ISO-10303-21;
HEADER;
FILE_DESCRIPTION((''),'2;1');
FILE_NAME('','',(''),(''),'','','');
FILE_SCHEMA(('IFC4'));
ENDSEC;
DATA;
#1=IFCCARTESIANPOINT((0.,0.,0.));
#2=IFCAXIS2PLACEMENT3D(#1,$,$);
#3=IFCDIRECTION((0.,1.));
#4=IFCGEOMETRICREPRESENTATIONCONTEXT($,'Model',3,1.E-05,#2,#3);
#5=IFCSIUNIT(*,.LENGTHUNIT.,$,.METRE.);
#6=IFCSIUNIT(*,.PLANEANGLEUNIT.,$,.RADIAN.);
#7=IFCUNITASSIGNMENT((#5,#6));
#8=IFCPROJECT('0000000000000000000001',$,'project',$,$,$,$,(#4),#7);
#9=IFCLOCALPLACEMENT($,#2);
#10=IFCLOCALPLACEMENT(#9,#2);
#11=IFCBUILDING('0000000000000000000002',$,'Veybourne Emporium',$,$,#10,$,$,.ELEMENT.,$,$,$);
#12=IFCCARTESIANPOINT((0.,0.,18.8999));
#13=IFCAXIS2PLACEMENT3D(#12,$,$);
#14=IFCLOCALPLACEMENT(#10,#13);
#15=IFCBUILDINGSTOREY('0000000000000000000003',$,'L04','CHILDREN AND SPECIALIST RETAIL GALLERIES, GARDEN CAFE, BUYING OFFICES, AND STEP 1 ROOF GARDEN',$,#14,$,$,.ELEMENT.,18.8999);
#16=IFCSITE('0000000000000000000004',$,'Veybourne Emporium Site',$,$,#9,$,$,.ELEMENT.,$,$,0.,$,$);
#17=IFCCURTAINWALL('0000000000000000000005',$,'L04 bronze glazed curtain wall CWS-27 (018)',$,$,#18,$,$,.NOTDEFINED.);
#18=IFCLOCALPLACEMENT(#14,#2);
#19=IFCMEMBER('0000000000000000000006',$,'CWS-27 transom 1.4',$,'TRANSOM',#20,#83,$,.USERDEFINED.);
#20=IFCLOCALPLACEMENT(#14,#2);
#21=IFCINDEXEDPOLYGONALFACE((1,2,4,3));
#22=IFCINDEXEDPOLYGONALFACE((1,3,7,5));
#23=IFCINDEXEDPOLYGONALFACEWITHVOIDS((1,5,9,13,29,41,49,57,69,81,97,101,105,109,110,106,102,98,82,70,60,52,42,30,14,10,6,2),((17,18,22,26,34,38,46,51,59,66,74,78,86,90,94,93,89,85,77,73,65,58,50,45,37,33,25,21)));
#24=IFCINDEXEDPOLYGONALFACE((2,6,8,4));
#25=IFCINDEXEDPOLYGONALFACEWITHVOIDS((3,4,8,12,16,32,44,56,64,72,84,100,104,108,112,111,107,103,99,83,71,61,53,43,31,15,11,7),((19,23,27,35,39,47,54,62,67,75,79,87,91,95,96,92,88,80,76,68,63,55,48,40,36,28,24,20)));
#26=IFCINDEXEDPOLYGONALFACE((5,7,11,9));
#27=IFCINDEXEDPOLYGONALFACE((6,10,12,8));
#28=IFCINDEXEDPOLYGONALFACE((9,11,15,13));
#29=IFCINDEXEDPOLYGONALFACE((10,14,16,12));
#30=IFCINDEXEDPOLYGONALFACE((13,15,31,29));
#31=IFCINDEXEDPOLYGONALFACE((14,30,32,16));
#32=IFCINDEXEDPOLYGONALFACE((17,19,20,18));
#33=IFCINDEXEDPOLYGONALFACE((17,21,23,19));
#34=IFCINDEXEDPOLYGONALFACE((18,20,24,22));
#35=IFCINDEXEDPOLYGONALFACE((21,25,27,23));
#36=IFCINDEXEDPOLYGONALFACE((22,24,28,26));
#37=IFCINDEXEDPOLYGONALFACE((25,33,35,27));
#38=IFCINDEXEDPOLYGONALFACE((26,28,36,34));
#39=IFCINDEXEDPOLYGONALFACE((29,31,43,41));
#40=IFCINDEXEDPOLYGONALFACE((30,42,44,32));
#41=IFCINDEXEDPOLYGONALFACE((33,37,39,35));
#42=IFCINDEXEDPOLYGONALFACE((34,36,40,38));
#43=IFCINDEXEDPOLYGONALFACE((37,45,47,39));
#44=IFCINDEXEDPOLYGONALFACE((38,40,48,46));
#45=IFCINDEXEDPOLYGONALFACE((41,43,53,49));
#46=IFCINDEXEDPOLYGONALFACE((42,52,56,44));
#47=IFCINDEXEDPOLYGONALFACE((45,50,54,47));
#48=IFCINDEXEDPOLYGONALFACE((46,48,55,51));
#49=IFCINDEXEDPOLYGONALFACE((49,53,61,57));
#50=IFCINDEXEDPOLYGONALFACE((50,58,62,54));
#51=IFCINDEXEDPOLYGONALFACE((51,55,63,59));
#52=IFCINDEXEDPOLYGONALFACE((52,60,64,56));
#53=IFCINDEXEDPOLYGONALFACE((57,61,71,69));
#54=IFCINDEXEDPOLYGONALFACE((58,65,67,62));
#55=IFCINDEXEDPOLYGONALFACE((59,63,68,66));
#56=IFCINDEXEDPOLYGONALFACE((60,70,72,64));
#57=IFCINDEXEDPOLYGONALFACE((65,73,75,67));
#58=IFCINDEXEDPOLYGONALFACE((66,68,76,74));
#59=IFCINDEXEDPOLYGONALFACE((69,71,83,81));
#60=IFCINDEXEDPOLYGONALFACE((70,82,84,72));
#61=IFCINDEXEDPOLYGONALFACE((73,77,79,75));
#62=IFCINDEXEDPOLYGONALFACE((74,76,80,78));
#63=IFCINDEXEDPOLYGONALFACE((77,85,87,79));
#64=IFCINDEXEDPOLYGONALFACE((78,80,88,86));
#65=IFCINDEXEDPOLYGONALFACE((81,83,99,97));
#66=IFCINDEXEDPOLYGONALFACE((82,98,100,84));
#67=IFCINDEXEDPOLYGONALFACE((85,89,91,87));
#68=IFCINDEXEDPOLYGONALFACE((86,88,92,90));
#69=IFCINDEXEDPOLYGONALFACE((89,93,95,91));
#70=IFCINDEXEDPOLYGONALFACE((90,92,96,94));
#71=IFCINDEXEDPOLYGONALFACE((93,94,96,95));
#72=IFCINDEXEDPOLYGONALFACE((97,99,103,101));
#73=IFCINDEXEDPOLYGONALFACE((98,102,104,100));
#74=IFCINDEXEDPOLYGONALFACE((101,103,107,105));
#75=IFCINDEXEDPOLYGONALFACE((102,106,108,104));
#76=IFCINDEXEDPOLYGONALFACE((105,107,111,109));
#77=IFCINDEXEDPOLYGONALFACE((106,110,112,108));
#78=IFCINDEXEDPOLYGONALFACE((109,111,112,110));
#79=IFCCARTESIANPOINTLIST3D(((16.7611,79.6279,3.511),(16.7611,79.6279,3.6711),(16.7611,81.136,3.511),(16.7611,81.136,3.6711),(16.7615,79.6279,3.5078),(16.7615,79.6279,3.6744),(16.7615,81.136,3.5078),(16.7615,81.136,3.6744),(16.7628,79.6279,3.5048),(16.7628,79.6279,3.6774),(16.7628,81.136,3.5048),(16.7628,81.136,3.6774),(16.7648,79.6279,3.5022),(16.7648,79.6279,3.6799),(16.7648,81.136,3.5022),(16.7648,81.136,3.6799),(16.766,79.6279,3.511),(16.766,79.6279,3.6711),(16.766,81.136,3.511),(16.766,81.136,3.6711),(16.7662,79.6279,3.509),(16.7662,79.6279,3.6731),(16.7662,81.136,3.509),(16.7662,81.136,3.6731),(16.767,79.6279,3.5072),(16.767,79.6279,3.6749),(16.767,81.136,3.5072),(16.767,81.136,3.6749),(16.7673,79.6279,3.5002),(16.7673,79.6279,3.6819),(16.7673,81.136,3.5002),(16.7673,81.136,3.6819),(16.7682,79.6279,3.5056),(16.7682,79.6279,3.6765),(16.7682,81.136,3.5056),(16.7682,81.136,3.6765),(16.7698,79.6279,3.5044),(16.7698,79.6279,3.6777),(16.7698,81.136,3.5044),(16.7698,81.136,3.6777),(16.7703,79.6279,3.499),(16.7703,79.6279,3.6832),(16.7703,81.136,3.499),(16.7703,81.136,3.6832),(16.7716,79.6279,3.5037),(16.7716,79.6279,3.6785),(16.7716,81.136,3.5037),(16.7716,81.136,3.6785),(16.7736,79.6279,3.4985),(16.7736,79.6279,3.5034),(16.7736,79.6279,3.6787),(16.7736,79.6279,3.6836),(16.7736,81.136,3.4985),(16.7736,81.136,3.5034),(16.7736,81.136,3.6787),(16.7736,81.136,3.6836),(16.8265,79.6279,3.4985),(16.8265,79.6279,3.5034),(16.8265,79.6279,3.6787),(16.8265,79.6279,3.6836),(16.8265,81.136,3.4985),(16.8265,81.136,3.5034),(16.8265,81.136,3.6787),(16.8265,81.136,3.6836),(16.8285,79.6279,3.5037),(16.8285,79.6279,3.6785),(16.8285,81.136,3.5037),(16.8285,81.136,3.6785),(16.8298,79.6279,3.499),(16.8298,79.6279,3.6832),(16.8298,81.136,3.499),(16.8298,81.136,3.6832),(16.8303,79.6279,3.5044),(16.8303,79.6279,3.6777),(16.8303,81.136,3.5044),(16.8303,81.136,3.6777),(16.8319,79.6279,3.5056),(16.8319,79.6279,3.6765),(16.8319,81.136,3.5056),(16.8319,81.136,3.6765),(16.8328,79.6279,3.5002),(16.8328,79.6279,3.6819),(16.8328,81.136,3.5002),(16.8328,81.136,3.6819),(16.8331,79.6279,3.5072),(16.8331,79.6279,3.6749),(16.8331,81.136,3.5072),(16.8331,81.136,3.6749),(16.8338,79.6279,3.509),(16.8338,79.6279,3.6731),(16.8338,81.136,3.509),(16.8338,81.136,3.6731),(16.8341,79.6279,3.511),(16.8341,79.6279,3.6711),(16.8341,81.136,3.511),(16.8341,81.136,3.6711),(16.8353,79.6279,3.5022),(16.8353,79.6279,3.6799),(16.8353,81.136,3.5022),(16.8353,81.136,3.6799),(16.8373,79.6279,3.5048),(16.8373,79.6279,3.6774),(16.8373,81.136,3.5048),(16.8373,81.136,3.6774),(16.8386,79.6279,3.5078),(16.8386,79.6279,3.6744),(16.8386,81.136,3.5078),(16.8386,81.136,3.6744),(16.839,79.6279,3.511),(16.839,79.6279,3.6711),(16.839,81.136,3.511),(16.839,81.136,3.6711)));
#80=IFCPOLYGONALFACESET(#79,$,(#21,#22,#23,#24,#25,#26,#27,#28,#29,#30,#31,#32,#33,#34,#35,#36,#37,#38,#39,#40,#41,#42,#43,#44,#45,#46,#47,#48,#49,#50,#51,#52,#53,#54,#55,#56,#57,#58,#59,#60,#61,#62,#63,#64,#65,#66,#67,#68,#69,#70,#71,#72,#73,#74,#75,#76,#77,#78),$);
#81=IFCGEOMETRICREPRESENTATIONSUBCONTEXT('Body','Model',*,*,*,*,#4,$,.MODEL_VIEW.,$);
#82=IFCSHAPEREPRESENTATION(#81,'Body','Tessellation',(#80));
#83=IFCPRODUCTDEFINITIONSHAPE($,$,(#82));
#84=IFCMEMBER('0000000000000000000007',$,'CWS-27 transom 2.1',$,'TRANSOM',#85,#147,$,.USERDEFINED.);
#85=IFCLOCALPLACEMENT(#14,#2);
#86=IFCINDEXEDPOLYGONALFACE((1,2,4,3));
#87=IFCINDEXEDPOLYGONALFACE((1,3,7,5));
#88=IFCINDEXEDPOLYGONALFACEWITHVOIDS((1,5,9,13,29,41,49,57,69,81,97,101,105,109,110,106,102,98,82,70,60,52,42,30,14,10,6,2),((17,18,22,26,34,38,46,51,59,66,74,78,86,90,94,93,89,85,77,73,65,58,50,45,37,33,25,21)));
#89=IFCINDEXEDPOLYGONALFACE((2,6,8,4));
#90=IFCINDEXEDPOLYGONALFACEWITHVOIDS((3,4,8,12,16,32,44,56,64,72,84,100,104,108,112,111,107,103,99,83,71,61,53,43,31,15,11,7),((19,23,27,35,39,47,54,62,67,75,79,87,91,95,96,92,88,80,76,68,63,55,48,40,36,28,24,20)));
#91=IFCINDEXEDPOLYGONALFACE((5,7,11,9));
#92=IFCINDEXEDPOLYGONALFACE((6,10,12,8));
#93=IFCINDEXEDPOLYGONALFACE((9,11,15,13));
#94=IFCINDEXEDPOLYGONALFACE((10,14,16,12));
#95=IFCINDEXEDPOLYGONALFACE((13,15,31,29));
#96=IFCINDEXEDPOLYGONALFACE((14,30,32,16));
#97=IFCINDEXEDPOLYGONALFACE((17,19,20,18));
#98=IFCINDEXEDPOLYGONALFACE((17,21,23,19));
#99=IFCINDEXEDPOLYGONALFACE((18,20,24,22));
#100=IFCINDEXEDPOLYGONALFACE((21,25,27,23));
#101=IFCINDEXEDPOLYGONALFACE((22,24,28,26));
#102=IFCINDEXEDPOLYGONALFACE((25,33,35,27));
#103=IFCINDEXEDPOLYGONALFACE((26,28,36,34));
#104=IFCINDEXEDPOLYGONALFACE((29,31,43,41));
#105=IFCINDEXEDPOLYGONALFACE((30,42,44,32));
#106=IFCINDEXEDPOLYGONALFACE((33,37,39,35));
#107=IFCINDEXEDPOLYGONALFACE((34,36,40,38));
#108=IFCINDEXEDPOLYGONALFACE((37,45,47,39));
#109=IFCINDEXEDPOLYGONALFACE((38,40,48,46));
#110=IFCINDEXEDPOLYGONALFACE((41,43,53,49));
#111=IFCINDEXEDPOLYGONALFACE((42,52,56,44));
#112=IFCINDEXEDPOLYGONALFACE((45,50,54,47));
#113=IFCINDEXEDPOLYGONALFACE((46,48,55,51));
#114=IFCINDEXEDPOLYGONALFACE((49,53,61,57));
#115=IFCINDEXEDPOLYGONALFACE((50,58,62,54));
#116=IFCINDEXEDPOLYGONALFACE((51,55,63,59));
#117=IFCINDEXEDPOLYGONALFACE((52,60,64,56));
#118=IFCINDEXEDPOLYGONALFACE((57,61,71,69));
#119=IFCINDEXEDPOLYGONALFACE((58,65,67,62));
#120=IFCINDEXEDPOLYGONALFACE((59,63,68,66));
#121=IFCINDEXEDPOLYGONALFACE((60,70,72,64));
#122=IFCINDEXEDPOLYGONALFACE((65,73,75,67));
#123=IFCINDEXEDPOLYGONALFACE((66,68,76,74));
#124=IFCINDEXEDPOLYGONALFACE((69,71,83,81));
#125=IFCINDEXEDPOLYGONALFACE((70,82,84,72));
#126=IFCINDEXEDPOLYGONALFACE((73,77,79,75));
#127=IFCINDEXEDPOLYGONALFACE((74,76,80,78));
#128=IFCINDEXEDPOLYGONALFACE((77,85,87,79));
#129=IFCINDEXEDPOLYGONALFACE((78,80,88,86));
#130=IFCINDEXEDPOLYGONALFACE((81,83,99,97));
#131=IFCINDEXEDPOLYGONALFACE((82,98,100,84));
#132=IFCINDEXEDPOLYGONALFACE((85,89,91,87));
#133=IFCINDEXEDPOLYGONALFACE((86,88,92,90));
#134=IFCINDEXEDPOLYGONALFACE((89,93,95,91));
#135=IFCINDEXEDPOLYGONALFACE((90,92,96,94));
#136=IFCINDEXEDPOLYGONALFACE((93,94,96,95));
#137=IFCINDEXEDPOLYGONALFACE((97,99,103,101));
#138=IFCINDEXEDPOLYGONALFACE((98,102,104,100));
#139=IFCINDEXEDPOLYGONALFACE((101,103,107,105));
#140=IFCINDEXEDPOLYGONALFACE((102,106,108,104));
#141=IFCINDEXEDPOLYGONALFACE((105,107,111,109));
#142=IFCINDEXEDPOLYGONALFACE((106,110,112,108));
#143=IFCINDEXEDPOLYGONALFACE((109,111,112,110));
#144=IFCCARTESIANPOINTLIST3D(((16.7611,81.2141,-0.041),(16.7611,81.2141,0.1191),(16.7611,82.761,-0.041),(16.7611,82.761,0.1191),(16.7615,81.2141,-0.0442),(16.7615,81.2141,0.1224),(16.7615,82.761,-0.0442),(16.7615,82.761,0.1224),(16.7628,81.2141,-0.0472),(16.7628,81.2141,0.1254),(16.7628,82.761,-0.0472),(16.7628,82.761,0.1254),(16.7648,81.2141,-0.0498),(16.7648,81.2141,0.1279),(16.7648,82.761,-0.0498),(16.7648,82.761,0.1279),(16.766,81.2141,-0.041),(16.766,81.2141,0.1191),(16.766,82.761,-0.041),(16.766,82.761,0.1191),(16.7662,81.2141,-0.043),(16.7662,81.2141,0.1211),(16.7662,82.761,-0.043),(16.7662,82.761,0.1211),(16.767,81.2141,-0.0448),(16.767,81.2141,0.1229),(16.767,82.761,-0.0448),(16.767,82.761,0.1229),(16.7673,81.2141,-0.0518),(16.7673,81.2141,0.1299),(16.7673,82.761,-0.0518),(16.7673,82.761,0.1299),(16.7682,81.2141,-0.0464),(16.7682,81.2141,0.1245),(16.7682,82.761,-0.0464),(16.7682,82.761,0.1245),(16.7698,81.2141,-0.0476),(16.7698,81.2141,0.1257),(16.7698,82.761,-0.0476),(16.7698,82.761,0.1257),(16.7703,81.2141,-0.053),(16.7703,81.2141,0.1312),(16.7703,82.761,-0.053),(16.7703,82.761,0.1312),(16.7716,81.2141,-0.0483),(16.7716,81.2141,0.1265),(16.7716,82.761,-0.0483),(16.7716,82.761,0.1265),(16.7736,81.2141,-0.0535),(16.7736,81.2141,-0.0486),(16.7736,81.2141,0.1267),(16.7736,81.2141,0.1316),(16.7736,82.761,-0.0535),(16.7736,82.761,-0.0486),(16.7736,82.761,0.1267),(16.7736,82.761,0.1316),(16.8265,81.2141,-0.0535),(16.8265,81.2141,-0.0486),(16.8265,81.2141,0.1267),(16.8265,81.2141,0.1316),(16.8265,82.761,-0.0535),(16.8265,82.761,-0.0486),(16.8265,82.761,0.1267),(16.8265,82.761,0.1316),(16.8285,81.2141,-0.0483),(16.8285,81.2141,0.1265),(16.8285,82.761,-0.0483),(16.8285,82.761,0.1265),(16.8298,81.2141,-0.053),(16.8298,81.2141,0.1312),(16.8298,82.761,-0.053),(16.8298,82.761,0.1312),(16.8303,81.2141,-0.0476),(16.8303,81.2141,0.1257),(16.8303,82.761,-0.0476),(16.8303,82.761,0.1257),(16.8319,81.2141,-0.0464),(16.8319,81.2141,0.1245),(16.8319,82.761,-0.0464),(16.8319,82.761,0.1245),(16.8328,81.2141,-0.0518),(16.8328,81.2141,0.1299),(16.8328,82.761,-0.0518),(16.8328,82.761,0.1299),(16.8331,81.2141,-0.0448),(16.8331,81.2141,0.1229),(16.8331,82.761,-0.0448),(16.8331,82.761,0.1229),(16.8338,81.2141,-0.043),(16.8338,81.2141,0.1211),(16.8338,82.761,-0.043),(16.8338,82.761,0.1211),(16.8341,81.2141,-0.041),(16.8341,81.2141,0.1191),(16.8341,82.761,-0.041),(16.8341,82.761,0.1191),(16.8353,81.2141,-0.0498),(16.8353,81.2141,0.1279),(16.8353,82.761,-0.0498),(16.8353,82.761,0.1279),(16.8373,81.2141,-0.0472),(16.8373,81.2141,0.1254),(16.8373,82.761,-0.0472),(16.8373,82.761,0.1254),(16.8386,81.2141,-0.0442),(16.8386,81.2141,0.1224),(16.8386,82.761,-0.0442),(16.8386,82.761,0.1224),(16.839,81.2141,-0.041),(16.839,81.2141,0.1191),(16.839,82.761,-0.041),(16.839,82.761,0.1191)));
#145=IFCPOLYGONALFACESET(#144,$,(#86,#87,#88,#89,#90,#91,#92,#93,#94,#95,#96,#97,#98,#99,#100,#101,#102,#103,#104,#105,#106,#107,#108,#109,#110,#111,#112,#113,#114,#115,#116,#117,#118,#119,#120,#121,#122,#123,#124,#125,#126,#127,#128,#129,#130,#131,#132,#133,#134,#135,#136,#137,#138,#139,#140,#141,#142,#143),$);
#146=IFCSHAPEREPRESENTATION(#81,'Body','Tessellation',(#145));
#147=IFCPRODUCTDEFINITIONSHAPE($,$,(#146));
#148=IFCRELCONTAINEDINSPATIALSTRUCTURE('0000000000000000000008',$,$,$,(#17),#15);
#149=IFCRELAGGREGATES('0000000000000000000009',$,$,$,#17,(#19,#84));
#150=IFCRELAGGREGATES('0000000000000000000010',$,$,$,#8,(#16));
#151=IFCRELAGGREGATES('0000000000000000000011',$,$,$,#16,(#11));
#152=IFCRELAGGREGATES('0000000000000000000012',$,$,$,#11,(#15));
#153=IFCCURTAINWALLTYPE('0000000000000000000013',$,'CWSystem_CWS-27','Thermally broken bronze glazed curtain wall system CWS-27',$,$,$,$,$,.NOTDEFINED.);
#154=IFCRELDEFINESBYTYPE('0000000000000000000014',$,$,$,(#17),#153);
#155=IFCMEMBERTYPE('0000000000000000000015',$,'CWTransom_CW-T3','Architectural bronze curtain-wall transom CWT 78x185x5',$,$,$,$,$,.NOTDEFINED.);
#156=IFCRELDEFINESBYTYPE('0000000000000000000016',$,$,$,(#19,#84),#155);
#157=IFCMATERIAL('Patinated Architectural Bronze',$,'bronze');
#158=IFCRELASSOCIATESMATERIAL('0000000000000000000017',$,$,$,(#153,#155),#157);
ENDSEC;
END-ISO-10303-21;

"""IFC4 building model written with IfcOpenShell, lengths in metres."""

from ifc_helpers import new_model, si_unit, direction, frame, origin, origin_2d, place, context, subcontext, project, spatial, hollow_rectangle, extrude, material, material_profile, profile_set, type_object, element, aggregate, save


model = new_model("IFC4")

# Units and contexts
model_context = context("Model", 3, precision=1e-05, world=origin(), true_north=direction((0.0, 1.0)))
body_context = subcontext(model_context, "Body", "Model", "MODEL_VIEW")
ifc_project = project(units=[si_unit("LENGTHUNIT", "METRE"), si_unit("PLANEANGLEUNIT", "RADIAN")], contexts=[model_context])

# Site, building, storey
site_placement = place(None, origin())
site = spatial("IfcSite", under=ifc_project, at=site_placement, Name="Veybourne Emporium Site", CompositionType="ELEMENT", RefElevation=0.0)
building_placement = place(site_placement, origin())
building = spatial("IfcBuilding", under=site, at=building_placement, Name="Veybourne Emporium", CompositionType="ELEMENT")
storey_placement = place(building_placement, frame((0.0, 0.0, 18.8999)))
storey = spatial("IfcBuildingStorey", under=building, at=storey_placement, Name="L04", Description="CHILDREN AND SPECIALIST RETAIL GALLERIES, GARDEN CAFE, BUYING OFFICES, AND STEP 1 ROOF GARDEN", CompositionType="ELEMENT", Elevation=18.8999)

# Curtain wall, members
ifc_material_1 = material(Name="Patinated Architectural Bronze", Category="bronze")
curtain_wall_type = type_object("IfcCurtainWallType", Name="CWSystem_CWS-27", Description="Thermally broken bronze glazed curtain wall system CWS-27", PredefinedType="NOTDEFINED", material=ifc_material_1)
curtain_wall_placement = place(storey_placement, origin())
curtain_wall = element("IfcCurtainWall", 1, at=curtain_wall_placement, inside=storey, type_object=curtain_wall_type, Name="L04 bronze glazed curtain wall CWS-27 (018)", PredefinedType="NOTDEFINED")
ifc_material_profile_1 = material_profile(ifc_material_1, hollow_rectangle(XDim=0.0779, YDim=0.1851, WallThickness=0.0049, InnerFilletRadius=0.0076, OuterFilletRadius=0.0125, at=origin_2d()), Name="CWT 78x185x5")
ifc_profile_set_1 = profile_set([ifc_material_profile_1], Name="Patinated Architectural Bronze")
member_type_1 = type_object("IfcMemberType", Name="CWTransom_CW-T3", Description="Architectural bronze curtain-wall transom CWT 78x185x5", PredefinedType="NOTDEFINED", material=ifc_profile_set_1)
member_1_placement = place(storey_placement, frame((16.8, 79.6279, 3.5911), z_axis=(0.0, 1.0, 0.0), x_axis=(-1.0, 0.0, 0.0)))
member_1 = element("IfcMember", 2, at=member_1_placement, type_object=member_type_1, Name="CWS-27 transom 1.4", ObjectType="TRANSOM", PredefinedType="USERDEFINED", context=body_context, shape_type="SweptSolid", body=[
    extrude(hollow_rectangle(XDim=0.0779, YDim=0.1851, WallThickness=0.0049, InnerFilletRadius=0.0076, OuterFilletRadius=0.0125, at=origin_2d()), origin(), (0.0, 0.0, 1.0), 1.5081),
])
member_2_placement = place(storey_placement, frame((16.8, 81.2141, 0.0391), z_axis=(0.0, 1.0, 0.0), x_axis=(-1.0, 0.0, 0.0)))
member_2 = element("IfcMember", 3, at=member_2_placement, type_object=member_type_1, Name="CWS-27 transom 2.1", ObjectType="TRANSOM", PredefinedType="USERDEFINED", context=body_context, shape_type="SweptSolid", body=[
    extrude(hollow_rectangle(XDim=0.0779, YDim=0.1851, WallThickness=0.0049, InnerFilletRadius=0.0076, OuterFilletRadius=0.0125, at=origin_2d()), origin(), (0.0, 0.0, 1.0), 1.5469),
])

aggregate(curtain_wall, [member_1, member_2])

save(model, "model.ifc")
